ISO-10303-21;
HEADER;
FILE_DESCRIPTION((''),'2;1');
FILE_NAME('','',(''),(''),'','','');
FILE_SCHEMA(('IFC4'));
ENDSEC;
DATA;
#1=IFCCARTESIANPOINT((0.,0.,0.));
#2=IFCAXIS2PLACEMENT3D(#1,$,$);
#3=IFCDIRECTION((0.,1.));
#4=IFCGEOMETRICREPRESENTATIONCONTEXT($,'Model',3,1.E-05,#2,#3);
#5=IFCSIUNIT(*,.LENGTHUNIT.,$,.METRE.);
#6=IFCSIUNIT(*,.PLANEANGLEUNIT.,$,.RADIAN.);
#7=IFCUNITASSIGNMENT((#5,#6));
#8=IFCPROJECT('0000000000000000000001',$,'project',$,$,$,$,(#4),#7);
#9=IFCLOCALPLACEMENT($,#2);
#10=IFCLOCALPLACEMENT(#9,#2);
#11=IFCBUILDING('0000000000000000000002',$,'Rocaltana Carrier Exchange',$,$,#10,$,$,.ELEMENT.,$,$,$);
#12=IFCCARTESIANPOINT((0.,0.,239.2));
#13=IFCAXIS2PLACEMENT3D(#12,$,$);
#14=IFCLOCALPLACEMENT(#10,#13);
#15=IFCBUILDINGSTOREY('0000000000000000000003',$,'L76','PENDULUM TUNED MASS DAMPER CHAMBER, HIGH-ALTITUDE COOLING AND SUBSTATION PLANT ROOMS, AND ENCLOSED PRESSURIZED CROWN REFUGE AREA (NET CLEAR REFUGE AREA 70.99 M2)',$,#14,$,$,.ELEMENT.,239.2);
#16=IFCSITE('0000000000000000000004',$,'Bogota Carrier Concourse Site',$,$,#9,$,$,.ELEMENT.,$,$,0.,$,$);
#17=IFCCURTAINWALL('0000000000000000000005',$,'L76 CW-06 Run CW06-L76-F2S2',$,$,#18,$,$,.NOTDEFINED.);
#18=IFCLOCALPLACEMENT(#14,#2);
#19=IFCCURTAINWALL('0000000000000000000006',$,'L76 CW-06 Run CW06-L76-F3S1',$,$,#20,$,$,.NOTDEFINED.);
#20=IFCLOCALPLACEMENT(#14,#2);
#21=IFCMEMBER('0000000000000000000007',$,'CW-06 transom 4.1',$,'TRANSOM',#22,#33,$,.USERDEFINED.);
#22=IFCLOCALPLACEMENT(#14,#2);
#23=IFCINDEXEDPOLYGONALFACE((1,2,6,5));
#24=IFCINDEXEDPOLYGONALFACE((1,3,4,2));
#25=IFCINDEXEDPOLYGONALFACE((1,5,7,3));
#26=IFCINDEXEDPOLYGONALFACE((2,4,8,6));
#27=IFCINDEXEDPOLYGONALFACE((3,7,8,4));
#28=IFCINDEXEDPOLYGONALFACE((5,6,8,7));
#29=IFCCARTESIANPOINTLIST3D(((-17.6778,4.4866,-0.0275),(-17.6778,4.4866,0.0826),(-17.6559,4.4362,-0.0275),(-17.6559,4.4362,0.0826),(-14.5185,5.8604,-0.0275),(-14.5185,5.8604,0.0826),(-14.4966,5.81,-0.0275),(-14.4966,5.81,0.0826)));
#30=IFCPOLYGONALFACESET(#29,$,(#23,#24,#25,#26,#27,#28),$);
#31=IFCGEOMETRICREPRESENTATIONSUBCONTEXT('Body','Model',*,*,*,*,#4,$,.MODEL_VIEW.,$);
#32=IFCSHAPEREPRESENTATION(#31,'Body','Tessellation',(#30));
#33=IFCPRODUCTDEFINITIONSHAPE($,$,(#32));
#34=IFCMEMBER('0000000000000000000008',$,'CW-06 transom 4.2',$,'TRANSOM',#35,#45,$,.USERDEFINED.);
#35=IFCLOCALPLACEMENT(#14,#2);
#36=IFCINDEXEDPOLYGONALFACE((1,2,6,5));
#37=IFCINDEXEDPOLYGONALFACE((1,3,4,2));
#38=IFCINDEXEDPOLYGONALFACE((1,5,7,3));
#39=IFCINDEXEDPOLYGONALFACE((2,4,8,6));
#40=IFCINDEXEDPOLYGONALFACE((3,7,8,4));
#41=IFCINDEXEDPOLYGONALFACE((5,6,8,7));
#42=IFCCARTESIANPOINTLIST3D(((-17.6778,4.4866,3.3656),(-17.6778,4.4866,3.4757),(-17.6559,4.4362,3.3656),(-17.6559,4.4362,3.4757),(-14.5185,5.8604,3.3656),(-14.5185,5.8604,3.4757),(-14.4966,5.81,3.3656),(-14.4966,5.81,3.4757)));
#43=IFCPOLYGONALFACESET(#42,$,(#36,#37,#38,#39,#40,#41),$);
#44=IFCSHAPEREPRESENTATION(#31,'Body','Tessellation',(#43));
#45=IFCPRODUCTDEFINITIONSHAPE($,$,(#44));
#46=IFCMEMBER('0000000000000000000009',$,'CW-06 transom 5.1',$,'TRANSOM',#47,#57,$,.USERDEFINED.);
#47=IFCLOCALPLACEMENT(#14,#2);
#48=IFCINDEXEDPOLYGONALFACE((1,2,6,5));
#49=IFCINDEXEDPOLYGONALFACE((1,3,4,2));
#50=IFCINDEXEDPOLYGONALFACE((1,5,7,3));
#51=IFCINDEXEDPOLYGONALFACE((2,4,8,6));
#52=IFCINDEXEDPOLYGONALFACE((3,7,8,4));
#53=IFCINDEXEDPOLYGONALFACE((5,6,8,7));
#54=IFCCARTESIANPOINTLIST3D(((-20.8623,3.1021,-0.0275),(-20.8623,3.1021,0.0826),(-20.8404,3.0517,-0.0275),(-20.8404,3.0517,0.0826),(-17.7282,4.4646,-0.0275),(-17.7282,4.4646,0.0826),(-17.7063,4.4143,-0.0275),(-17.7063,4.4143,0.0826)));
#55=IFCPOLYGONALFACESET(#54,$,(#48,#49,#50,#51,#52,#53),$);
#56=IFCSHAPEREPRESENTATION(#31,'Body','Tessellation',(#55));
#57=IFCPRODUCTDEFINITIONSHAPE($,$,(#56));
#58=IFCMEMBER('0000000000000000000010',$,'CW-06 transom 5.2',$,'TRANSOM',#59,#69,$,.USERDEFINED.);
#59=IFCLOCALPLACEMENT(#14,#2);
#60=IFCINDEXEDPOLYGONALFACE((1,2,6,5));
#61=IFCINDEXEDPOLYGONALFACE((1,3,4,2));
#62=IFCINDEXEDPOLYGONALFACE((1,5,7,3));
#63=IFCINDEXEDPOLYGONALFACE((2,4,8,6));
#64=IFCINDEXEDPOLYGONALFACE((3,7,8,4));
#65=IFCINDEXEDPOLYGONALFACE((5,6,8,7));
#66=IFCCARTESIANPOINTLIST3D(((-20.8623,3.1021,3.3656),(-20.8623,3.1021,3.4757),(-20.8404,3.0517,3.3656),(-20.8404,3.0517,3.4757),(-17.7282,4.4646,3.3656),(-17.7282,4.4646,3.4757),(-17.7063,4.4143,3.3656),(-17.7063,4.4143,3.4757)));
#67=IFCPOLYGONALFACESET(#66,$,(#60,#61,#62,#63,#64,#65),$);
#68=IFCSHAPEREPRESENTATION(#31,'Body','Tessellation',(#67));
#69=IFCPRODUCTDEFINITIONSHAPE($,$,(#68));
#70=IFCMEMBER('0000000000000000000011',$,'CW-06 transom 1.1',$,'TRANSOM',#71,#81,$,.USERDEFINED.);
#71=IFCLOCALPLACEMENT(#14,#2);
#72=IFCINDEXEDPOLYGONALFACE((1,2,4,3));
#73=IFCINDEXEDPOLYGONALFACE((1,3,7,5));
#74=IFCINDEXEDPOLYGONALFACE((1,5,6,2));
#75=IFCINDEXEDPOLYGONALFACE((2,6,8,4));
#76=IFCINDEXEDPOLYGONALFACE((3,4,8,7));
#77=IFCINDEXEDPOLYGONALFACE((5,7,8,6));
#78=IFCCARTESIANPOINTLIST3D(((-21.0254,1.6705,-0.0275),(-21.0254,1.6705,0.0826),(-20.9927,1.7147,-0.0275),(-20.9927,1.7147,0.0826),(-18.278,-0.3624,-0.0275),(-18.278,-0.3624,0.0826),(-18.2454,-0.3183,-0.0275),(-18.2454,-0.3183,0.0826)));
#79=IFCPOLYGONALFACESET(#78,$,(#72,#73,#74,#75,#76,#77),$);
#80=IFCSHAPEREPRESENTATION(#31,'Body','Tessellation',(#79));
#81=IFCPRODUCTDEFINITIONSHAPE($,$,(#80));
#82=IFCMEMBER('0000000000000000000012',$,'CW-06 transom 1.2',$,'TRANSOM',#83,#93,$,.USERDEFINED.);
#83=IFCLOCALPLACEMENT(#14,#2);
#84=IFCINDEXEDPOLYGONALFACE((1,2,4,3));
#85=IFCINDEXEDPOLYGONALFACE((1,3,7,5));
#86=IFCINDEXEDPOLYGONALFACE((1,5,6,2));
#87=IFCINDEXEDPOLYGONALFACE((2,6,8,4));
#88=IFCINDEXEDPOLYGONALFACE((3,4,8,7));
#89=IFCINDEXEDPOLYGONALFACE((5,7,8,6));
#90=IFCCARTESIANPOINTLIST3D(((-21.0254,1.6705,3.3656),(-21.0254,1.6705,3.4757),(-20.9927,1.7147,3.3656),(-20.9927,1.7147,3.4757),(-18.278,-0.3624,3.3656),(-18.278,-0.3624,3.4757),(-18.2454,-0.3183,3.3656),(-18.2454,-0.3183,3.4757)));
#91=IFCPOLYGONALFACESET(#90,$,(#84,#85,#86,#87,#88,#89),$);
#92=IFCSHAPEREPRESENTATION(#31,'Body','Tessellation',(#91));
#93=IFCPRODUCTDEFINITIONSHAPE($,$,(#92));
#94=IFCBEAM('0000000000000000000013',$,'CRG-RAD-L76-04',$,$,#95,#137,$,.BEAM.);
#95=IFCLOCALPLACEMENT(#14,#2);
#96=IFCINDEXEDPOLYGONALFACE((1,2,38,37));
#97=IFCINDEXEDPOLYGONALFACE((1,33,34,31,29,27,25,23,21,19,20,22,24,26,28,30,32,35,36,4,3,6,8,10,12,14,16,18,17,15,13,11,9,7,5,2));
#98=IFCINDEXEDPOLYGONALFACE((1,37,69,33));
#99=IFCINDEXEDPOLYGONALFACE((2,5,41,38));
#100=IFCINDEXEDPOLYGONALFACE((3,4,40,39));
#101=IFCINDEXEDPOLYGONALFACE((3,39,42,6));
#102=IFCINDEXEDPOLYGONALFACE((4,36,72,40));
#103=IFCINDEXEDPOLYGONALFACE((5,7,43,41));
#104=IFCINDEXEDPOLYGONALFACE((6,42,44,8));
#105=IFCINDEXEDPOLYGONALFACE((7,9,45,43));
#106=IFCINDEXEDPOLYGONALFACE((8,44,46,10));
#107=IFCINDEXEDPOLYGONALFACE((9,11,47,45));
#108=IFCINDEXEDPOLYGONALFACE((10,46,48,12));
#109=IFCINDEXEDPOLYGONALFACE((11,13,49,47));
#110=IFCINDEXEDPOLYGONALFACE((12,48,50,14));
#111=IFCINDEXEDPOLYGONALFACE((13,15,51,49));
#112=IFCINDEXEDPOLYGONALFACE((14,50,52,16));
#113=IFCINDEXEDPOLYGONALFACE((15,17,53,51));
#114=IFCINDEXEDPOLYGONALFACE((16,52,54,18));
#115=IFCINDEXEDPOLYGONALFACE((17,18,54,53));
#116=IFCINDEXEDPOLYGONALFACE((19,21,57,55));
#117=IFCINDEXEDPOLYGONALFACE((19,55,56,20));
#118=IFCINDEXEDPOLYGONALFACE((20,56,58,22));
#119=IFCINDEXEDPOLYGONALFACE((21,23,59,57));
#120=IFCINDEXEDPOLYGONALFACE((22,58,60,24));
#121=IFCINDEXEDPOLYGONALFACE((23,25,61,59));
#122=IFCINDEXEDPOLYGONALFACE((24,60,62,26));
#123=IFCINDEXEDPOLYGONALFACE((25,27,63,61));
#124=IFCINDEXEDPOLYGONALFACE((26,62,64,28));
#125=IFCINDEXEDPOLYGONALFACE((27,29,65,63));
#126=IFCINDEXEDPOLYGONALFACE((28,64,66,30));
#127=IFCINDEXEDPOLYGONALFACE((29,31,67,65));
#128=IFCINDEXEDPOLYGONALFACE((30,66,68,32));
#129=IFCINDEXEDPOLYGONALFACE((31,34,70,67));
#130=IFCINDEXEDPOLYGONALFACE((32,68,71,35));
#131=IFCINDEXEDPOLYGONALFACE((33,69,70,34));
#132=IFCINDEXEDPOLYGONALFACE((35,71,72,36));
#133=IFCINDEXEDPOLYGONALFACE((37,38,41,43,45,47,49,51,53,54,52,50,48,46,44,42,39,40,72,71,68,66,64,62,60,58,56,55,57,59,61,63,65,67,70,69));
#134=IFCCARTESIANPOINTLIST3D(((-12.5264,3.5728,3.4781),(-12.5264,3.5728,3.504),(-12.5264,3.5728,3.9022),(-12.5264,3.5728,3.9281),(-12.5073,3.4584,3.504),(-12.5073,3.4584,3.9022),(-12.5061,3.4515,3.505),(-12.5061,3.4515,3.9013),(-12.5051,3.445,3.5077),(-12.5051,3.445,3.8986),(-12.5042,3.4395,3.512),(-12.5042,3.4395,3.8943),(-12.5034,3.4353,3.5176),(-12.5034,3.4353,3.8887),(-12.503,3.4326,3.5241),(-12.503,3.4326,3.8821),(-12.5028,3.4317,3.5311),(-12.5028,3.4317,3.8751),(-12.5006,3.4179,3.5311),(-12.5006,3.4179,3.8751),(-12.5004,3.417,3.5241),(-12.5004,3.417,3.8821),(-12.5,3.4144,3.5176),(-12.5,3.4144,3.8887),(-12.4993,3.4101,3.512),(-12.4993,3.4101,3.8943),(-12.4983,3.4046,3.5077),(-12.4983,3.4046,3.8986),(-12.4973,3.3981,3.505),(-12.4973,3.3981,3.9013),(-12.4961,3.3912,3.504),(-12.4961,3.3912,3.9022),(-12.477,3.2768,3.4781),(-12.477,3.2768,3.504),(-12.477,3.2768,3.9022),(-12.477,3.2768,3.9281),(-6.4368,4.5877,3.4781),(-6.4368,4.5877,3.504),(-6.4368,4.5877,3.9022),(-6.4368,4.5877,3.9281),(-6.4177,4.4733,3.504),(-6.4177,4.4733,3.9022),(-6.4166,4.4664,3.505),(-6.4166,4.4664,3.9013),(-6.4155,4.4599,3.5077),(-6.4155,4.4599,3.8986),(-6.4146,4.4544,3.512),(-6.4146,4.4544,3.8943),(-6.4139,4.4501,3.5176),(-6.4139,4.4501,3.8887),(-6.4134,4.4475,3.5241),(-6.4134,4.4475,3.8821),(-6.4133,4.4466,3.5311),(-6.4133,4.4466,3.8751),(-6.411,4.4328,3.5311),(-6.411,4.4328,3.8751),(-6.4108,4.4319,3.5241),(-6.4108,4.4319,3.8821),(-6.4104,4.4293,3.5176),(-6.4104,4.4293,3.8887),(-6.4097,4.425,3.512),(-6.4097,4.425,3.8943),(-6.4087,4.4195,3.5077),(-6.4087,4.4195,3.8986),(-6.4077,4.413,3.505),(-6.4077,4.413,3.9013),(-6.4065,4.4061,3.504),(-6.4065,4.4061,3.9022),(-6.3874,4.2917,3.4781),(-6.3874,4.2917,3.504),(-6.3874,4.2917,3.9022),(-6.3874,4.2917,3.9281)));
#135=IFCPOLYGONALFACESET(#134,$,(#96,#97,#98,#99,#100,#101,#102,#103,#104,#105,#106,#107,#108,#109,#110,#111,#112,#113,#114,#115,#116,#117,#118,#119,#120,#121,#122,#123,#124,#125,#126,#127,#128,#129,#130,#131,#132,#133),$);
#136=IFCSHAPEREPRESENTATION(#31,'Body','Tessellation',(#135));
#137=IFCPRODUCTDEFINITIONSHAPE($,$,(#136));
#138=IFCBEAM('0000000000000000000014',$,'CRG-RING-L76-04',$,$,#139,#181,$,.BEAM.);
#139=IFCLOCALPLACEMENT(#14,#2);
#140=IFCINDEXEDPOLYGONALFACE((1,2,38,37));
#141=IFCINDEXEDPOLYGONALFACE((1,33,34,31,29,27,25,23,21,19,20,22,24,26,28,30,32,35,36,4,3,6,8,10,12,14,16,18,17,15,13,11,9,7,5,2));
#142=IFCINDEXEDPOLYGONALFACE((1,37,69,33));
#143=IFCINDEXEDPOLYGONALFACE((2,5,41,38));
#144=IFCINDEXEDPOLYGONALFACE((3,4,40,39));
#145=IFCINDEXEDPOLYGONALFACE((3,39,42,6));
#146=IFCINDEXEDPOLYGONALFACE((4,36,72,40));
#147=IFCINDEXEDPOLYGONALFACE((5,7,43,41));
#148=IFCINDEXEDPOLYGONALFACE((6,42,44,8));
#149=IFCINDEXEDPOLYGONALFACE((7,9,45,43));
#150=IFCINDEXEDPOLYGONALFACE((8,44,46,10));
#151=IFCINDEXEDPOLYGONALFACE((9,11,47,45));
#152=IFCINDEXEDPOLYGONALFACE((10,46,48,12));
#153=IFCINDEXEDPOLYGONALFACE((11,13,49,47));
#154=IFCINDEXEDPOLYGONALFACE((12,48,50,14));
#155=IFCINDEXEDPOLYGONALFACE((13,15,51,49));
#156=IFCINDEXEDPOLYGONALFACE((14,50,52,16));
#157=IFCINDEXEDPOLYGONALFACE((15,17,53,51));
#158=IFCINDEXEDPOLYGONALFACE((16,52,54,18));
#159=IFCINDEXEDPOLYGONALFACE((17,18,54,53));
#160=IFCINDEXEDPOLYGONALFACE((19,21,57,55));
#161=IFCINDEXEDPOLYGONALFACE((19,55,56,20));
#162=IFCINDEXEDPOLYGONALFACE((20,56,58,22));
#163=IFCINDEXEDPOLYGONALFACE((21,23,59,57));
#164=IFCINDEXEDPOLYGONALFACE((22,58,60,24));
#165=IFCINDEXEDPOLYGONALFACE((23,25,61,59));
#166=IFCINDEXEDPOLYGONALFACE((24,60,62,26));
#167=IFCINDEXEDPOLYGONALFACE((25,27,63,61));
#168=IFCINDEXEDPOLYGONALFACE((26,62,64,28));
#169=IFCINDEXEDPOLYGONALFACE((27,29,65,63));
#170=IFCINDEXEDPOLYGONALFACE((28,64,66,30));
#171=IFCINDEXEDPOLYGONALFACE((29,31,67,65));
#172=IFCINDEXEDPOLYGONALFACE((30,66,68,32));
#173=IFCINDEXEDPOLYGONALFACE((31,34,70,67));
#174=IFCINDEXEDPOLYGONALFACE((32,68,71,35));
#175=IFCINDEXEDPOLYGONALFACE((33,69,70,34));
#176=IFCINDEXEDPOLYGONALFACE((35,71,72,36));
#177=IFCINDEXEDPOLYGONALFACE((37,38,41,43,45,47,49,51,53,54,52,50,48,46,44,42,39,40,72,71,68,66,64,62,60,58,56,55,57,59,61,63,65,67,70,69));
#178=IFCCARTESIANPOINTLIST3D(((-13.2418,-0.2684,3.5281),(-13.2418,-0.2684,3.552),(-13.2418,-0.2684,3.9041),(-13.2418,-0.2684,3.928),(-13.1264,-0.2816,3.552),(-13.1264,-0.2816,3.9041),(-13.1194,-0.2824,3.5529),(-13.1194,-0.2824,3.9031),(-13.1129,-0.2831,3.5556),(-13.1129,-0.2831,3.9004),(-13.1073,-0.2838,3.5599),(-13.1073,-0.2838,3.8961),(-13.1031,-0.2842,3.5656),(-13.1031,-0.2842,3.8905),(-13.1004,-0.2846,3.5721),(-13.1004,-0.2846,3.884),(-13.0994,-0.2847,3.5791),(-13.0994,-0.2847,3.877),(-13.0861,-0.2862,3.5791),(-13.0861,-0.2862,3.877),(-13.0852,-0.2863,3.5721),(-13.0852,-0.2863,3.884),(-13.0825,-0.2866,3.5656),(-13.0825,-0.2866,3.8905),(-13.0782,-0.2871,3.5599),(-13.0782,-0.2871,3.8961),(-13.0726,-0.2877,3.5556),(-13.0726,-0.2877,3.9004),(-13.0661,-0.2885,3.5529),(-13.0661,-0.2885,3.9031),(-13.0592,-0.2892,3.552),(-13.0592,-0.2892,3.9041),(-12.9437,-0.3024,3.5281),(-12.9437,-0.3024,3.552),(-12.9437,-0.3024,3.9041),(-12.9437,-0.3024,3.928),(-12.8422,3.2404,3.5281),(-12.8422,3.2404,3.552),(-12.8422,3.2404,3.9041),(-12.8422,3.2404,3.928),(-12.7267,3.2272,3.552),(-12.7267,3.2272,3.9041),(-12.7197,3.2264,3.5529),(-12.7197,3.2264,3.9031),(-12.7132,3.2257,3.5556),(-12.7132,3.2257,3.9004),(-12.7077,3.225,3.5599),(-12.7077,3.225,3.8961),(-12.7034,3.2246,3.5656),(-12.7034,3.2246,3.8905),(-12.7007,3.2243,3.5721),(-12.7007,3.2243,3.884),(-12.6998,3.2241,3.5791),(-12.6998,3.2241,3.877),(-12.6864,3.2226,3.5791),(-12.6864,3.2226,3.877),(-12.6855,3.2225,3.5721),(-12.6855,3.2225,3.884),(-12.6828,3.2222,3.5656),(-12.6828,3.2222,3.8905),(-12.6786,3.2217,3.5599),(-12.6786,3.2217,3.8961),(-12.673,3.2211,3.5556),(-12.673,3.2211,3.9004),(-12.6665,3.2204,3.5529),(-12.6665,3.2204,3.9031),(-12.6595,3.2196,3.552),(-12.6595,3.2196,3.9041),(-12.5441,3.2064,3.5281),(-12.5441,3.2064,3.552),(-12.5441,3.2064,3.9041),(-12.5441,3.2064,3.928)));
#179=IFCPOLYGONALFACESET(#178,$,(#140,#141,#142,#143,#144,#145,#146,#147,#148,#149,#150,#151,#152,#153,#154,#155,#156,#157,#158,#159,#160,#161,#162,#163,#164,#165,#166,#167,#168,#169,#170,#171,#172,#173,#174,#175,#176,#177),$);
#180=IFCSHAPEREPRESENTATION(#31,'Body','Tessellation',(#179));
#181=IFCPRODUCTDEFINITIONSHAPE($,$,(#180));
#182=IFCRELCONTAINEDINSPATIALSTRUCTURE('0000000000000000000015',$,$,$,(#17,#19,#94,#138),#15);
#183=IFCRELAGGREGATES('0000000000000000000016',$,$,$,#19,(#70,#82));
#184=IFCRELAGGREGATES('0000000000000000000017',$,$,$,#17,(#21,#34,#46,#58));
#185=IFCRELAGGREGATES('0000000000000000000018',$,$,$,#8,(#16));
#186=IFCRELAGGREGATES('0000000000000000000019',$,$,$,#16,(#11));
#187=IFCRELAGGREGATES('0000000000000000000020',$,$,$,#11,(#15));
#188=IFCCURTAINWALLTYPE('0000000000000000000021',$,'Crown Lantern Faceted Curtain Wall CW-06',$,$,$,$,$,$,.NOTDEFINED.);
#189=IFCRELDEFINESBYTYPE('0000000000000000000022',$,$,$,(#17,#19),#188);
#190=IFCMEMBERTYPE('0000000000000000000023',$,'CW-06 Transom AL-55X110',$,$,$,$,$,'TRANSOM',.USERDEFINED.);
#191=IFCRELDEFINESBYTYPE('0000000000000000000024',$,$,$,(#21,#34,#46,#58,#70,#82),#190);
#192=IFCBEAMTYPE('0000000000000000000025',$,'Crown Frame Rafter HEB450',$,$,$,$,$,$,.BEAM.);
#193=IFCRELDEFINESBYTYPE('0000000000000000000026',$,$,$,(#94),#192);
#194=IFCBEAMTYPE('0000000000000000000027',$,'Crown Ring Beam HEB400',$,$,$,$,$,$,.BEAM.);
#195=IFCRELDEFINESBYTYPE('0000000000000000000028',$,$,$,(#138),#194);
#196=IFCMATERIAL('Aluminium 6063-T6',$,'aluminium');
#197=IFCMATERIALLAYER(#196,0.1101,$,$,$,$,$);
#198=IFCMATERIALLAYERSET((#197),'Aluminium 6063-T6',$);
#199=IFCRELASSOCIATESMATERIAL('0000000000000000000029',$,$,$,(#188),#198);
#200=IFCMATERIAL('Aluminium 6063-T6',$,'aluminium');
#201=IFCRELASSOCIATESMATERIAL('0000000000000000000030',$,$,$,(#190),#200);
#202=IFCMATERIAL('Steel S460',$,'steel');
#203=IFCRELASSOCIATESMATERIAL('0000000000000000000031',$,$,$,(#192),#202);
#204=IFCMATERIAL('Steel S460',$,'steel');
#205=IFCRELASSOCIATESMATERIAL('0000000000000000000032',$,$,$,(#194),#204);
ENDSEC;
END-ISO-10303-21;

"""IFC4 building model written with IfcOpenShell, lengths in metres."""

from ifc_helpers import new_model, si_unit, direction, frame, origin, origin_2d, place, context, subcontext, project, spatial, rectangle, i_section, extrude, material, layer, layer_set, material_profile, profile_set, type_object, element, aggregate, save


model = new_model("IFC4")

# Units and contexts
model_context = context("Model", 3, precision=1e-05, world=origin(), true_north=direction((0.0, 1.0)))
body_context = subcontext(model_context, "Body", "Model", "MODEL_VIEW")
ifc_project = project(units=[si_unit("LENGTHUNIT", "METRE"), si_unit("PLANEANGLEUNIT", "RADIAN")], contexts=[model_context])

# Site, building, storey
site_placement = place(None, origin())
site = spatial("IfcSite", under=ifc_project, at=site_placement, Name="Bogota Carrier Concourse Site", CompositionType="ELEMENT", RefElevation=0.0)
building_placement = place(site_placement, origin())
building = spatial("IfcBuilding", under=site, at=building_placement, Name="Rocaltana Carrier Exchange", CompositionType="ELEMENT")
storey_placement = place(building_placement, frame((0.0, 0.0, 239.2)))
storey = spatial("IfcBuildingStorey", under=building, at=storey_placement, Name="L76", Description="PENDULUM TUNED MASS DAMPER CHAMBER, HIGH-ALTITUDE COOLING AND SUBSTATION PLANT ROOMS, AND ENCLOSED PRESSURIZED CROWN REFUGE AREA (NET CLEAR REFUGE AREA 70.99 M2)", CompositionType="ELEMENT", Elevation=239.2)

# Curtain wall
ifc_material_1 = material(Name="Aluminium 6063-T6", Category="aluminium")
ifc_layer_1 = layer(ifc_material_1, 0.1101)
ifc_layer_set_1 = layer_set([ifc_layer_1], Name="Aluminium 6063-T6")
curtain_wall_type = type_object("IfcCurtainWallType", Name="Crown Lantern Faceted Curtain Wall CW-06", PredefinedType="NOTDEFINED", material=ifc_layer_set_1)
curtain_wall_1_placement = place(storey_placement, origin())
curtain_wall_1 = element("IfcCurtainWall", 1, at=curtain_wall_1_placement, inside=storey, type_object=curtain_wall_type, Name="L76 CW-06 Run CW06-L76-F2S2", PredefinedType="NOTDEFINED")

# Curtain wall
curtain_wall_2_placement = place(storey_placement, origin())
curtain_wall_2 = element("IfcCurtainWall", 2, at=curtain_wall_2_placement, inside=storey, type_object=curtain_wall_type, Name="L76 CW-06 Run CW06-L76-F3S1", PredefinedType="NOTDEFINED")

# Members
ifc_material_2 = material(Name="Aluminium 6063-T6", Category="aluminium")
ifc_material_profile_1 = material_profile(ifc_material_2, rectangle(XDim=0.0549, YDim=0.1101, at=origin_2d()), Name="AL-55X110")
ifc_profile_set_1 = profile_set([ifc_material_profile_1], Name="Aluminium 6063-T6")
member_type_1 = type_object("IfcMemberType", Name="CW-06 Transom AL-55X110", ElementType="TRANSOM", PredefinedType="USERDEFINED", material=ifc_profile_set_1)
member_1_placement = place(storey_placement, frame((-14.5076, 5.8352, 0.0276), z_axis=(-0.917046, -0.398781, 0.0), x_axis=(0.398781, -0.917046, 0.0)))
member_1 = element("IfcMember", 3, at=member_1_placement, type_object=member_type_1, Name="CW-06 transom 4.1", ObjectType="TRANSOM", PredefinedType="USERDEFINED", context=body_context, shape_type="SweptSolid", body=[
    extrude(rectangle(XDim=0.0549, YDim=0.1101, at=origin_2d()), origin(), (0.0, 0.0, 1.0), 3.4451),
])
member_2_placement = place(storey_placement, frame((-14.5076, 5.8352, 3.4207), z_axis=(-0.917046, -0.398781, 0.0), x_axis=(0.398781, -0.917046, 0.0)))
member_2 = element("IfcMember", 4, at=member_2_placement, type_object=member_type_1, Name="CW-06 transom 4.2", ObjectType="TRANSOM", PredefinedType="USERDEFINED", context=body_context, shape_type="SweptSolid", body=[
    extrude(rectangle(XDim=0.0549, YDim=0.1101, at=origin_2d()), origin(), (0.0, 0.0, 1.0), 3.4451),
])
member_3_placement = place(storey_placement, frame((-17.7173, 4.4395, 0.0276), z_axis=(-0.917078, -0.398708, 0.0), x_axis=(0.398708, -0.917078, 0.0)))
member_3 = element("IfcMember", 5, at=member_3_placement, type_object=member_type_1, Name="CW-06 transom 5.1", ObjectType="TRANSOM", PredefinedType="USERDEFINED", context=body_context, shape_type="SweptSolid", body=[
    extrude(rectangle(XDim=0.0549, YDim=0.1101, at=origin_2d()), origin(), (0.0, 0.0, 1.0), 3.4175),
])
member_4_placement = place(storey_placement, frame((-17.7173, 4.4395, 3.4207), z_axis=(-0.917078, -0.398708, 0.0), x_axis=(0.398708, -0.917078, 0.0)))
member_4 = element("IfcMember", 6, at=member_4_placement, type_object=member_type_1, Name="CW-06 transom 5.2", ObjectType="TRANSOM", PredefinedType="USERDEFINED", context=body_context, shape_type="SweptSolid", body=[
    extrude(rectangle(XDim=0.0549, YDim=0.1101, at=origin_2d()), origin(), (0.0, 0.0, 1.0), 3.4175),
])
member_5_placement = place(storey_placement, frame((-21.009, 1.6926, 0.0276), z_axis=(0.803849, -0.594833, 0.0), x_axis=(0.594833, 0.803849, 0.0)))
member_5 = element("IfcMember", 7, at=member_5_placement, type_object=member_type_1, Name="CW-06 transom 1.1", ObjectType="TRANSOM", PredefinedType="USERDEFINED", context=body_context, shape_type="SweptSolid", body=[
    extrude(rectangle(XDim=0.0549, YDim=0.1101, at=origin_2d()), origin(), (0.0, 0.0, 1.0), 3.4177),
])
member_6_placement = place(storey_placement, frame((-21.009, 1.6926, 3.4207), z_axis=(0.803849, -0.594833, 0.0), x_axis=(0.594833, 0.803849, 0.0)))
member_6 = element("IfcMember", 8, at=member_6_placement, type_object=member_type_1, Name="CW-06 transom 1.2", ObjectType="TRANSOM", PredefinedType="USERDEFINED", context=body_context, shape_type="SweptSolid", body=[
    extrude(rectangle(XDim=0.0549, YDim=0.1101, at=origin_2d()), origin(), (0.0, 0.0, 1.0), 3.4177),
])
aggregate(curtain_wall_2, [member_5, member_6])

# Beams
ifc_material_3 = material(Name="Steel S460", Category="steel")
ifc_material_profile_2 = material_profile(ifc_material_3, i_section(OverallWidth=0.3, OverallDepth=0.45, WebThickness=0.0139, FlangeThickness=0.0259, FilletRadius=0.0271, at=origin_2d()), Name="HEB450")
ifc_profile_set_2 = profile_set([ifc_material_profile_2], Name="Steel S460")
beam_type_1 = type_object("IfcBeamType", Name="Crown Frame Rafter HEB450", PredefinedType="BEAM", material=ifc_profile_set_2)
beam_1_placement = place(storey_placement, frame((-6.4121, 4.4397, 3.7031), z_axis=(-0.986395, -0.164393, 0.0), x_axis=(0.164393, -0.986395, 0.0)))
element("IfcBeam", 9, at=beam_1_placement, inside=storey, type_object=beam_type_1, Name="CRG-RAD-L76-04", PredefinedType="BEAM", context=body_context, shape_type="SweptSolid", body=[
    extrude(i_section(OverallWidth=0.3, OverallDepth=0.45, WebThickness=0.0139, FlangeThickness=0.0259, FilletRadius=0.0271, at=origin_2d()), origin(), (0.0, 0.0, 1.0), 6.1736),
])
ifc_material_4 = material(Name="Steel S460", Category="steel")
ifc_material_profile_3 = material_profile(ifc_material_4, i_section(OverallWidth=0.3, OverallDepth=0.3999, WebThickness=0.0134, FlangeThickness=0.0239, FilletRadius=0.0271, at=origin_2d()), Name="HEB400")
ifc_profile_set_3 = profile_set([ifc_material_profile_3], Name="Steel S460")
beam_type_2 = type_object("IfcBeamType", Name="Crown Ring Beam HEB400", PredefinedType="BEAM", material=ifc_profile_set_3)
beam_2_placement = place(storey_placement, frame((-12.6931, 3.2234, 3.728), z_axis=(-0.11317, -0.993576, 0.0), x_axis=(0.993576, -0.11317, 0.0)))
element("IfcBeam", 10, at=beam_2_placement, inside=storey, type_object=beam_type_2, Name="CRG-RING-L76-04", PredefinedType="BEAM", context=body_context, shape_type="SweptSolid", body=[
    extrude(i_section(OverallWidth=0.3, OverallDepth=0.3999, WebThickness=0.0134, FlangeThickness=0.0239, FilletRadius=0.0271, at=origin_2d()), origin(), (0.0, 0.0, 1.0), 3.5315),
])

aggregate(curtain_wall_1, [member_1, member_2, member_3, member_4])

save(model, "model.ifc")
